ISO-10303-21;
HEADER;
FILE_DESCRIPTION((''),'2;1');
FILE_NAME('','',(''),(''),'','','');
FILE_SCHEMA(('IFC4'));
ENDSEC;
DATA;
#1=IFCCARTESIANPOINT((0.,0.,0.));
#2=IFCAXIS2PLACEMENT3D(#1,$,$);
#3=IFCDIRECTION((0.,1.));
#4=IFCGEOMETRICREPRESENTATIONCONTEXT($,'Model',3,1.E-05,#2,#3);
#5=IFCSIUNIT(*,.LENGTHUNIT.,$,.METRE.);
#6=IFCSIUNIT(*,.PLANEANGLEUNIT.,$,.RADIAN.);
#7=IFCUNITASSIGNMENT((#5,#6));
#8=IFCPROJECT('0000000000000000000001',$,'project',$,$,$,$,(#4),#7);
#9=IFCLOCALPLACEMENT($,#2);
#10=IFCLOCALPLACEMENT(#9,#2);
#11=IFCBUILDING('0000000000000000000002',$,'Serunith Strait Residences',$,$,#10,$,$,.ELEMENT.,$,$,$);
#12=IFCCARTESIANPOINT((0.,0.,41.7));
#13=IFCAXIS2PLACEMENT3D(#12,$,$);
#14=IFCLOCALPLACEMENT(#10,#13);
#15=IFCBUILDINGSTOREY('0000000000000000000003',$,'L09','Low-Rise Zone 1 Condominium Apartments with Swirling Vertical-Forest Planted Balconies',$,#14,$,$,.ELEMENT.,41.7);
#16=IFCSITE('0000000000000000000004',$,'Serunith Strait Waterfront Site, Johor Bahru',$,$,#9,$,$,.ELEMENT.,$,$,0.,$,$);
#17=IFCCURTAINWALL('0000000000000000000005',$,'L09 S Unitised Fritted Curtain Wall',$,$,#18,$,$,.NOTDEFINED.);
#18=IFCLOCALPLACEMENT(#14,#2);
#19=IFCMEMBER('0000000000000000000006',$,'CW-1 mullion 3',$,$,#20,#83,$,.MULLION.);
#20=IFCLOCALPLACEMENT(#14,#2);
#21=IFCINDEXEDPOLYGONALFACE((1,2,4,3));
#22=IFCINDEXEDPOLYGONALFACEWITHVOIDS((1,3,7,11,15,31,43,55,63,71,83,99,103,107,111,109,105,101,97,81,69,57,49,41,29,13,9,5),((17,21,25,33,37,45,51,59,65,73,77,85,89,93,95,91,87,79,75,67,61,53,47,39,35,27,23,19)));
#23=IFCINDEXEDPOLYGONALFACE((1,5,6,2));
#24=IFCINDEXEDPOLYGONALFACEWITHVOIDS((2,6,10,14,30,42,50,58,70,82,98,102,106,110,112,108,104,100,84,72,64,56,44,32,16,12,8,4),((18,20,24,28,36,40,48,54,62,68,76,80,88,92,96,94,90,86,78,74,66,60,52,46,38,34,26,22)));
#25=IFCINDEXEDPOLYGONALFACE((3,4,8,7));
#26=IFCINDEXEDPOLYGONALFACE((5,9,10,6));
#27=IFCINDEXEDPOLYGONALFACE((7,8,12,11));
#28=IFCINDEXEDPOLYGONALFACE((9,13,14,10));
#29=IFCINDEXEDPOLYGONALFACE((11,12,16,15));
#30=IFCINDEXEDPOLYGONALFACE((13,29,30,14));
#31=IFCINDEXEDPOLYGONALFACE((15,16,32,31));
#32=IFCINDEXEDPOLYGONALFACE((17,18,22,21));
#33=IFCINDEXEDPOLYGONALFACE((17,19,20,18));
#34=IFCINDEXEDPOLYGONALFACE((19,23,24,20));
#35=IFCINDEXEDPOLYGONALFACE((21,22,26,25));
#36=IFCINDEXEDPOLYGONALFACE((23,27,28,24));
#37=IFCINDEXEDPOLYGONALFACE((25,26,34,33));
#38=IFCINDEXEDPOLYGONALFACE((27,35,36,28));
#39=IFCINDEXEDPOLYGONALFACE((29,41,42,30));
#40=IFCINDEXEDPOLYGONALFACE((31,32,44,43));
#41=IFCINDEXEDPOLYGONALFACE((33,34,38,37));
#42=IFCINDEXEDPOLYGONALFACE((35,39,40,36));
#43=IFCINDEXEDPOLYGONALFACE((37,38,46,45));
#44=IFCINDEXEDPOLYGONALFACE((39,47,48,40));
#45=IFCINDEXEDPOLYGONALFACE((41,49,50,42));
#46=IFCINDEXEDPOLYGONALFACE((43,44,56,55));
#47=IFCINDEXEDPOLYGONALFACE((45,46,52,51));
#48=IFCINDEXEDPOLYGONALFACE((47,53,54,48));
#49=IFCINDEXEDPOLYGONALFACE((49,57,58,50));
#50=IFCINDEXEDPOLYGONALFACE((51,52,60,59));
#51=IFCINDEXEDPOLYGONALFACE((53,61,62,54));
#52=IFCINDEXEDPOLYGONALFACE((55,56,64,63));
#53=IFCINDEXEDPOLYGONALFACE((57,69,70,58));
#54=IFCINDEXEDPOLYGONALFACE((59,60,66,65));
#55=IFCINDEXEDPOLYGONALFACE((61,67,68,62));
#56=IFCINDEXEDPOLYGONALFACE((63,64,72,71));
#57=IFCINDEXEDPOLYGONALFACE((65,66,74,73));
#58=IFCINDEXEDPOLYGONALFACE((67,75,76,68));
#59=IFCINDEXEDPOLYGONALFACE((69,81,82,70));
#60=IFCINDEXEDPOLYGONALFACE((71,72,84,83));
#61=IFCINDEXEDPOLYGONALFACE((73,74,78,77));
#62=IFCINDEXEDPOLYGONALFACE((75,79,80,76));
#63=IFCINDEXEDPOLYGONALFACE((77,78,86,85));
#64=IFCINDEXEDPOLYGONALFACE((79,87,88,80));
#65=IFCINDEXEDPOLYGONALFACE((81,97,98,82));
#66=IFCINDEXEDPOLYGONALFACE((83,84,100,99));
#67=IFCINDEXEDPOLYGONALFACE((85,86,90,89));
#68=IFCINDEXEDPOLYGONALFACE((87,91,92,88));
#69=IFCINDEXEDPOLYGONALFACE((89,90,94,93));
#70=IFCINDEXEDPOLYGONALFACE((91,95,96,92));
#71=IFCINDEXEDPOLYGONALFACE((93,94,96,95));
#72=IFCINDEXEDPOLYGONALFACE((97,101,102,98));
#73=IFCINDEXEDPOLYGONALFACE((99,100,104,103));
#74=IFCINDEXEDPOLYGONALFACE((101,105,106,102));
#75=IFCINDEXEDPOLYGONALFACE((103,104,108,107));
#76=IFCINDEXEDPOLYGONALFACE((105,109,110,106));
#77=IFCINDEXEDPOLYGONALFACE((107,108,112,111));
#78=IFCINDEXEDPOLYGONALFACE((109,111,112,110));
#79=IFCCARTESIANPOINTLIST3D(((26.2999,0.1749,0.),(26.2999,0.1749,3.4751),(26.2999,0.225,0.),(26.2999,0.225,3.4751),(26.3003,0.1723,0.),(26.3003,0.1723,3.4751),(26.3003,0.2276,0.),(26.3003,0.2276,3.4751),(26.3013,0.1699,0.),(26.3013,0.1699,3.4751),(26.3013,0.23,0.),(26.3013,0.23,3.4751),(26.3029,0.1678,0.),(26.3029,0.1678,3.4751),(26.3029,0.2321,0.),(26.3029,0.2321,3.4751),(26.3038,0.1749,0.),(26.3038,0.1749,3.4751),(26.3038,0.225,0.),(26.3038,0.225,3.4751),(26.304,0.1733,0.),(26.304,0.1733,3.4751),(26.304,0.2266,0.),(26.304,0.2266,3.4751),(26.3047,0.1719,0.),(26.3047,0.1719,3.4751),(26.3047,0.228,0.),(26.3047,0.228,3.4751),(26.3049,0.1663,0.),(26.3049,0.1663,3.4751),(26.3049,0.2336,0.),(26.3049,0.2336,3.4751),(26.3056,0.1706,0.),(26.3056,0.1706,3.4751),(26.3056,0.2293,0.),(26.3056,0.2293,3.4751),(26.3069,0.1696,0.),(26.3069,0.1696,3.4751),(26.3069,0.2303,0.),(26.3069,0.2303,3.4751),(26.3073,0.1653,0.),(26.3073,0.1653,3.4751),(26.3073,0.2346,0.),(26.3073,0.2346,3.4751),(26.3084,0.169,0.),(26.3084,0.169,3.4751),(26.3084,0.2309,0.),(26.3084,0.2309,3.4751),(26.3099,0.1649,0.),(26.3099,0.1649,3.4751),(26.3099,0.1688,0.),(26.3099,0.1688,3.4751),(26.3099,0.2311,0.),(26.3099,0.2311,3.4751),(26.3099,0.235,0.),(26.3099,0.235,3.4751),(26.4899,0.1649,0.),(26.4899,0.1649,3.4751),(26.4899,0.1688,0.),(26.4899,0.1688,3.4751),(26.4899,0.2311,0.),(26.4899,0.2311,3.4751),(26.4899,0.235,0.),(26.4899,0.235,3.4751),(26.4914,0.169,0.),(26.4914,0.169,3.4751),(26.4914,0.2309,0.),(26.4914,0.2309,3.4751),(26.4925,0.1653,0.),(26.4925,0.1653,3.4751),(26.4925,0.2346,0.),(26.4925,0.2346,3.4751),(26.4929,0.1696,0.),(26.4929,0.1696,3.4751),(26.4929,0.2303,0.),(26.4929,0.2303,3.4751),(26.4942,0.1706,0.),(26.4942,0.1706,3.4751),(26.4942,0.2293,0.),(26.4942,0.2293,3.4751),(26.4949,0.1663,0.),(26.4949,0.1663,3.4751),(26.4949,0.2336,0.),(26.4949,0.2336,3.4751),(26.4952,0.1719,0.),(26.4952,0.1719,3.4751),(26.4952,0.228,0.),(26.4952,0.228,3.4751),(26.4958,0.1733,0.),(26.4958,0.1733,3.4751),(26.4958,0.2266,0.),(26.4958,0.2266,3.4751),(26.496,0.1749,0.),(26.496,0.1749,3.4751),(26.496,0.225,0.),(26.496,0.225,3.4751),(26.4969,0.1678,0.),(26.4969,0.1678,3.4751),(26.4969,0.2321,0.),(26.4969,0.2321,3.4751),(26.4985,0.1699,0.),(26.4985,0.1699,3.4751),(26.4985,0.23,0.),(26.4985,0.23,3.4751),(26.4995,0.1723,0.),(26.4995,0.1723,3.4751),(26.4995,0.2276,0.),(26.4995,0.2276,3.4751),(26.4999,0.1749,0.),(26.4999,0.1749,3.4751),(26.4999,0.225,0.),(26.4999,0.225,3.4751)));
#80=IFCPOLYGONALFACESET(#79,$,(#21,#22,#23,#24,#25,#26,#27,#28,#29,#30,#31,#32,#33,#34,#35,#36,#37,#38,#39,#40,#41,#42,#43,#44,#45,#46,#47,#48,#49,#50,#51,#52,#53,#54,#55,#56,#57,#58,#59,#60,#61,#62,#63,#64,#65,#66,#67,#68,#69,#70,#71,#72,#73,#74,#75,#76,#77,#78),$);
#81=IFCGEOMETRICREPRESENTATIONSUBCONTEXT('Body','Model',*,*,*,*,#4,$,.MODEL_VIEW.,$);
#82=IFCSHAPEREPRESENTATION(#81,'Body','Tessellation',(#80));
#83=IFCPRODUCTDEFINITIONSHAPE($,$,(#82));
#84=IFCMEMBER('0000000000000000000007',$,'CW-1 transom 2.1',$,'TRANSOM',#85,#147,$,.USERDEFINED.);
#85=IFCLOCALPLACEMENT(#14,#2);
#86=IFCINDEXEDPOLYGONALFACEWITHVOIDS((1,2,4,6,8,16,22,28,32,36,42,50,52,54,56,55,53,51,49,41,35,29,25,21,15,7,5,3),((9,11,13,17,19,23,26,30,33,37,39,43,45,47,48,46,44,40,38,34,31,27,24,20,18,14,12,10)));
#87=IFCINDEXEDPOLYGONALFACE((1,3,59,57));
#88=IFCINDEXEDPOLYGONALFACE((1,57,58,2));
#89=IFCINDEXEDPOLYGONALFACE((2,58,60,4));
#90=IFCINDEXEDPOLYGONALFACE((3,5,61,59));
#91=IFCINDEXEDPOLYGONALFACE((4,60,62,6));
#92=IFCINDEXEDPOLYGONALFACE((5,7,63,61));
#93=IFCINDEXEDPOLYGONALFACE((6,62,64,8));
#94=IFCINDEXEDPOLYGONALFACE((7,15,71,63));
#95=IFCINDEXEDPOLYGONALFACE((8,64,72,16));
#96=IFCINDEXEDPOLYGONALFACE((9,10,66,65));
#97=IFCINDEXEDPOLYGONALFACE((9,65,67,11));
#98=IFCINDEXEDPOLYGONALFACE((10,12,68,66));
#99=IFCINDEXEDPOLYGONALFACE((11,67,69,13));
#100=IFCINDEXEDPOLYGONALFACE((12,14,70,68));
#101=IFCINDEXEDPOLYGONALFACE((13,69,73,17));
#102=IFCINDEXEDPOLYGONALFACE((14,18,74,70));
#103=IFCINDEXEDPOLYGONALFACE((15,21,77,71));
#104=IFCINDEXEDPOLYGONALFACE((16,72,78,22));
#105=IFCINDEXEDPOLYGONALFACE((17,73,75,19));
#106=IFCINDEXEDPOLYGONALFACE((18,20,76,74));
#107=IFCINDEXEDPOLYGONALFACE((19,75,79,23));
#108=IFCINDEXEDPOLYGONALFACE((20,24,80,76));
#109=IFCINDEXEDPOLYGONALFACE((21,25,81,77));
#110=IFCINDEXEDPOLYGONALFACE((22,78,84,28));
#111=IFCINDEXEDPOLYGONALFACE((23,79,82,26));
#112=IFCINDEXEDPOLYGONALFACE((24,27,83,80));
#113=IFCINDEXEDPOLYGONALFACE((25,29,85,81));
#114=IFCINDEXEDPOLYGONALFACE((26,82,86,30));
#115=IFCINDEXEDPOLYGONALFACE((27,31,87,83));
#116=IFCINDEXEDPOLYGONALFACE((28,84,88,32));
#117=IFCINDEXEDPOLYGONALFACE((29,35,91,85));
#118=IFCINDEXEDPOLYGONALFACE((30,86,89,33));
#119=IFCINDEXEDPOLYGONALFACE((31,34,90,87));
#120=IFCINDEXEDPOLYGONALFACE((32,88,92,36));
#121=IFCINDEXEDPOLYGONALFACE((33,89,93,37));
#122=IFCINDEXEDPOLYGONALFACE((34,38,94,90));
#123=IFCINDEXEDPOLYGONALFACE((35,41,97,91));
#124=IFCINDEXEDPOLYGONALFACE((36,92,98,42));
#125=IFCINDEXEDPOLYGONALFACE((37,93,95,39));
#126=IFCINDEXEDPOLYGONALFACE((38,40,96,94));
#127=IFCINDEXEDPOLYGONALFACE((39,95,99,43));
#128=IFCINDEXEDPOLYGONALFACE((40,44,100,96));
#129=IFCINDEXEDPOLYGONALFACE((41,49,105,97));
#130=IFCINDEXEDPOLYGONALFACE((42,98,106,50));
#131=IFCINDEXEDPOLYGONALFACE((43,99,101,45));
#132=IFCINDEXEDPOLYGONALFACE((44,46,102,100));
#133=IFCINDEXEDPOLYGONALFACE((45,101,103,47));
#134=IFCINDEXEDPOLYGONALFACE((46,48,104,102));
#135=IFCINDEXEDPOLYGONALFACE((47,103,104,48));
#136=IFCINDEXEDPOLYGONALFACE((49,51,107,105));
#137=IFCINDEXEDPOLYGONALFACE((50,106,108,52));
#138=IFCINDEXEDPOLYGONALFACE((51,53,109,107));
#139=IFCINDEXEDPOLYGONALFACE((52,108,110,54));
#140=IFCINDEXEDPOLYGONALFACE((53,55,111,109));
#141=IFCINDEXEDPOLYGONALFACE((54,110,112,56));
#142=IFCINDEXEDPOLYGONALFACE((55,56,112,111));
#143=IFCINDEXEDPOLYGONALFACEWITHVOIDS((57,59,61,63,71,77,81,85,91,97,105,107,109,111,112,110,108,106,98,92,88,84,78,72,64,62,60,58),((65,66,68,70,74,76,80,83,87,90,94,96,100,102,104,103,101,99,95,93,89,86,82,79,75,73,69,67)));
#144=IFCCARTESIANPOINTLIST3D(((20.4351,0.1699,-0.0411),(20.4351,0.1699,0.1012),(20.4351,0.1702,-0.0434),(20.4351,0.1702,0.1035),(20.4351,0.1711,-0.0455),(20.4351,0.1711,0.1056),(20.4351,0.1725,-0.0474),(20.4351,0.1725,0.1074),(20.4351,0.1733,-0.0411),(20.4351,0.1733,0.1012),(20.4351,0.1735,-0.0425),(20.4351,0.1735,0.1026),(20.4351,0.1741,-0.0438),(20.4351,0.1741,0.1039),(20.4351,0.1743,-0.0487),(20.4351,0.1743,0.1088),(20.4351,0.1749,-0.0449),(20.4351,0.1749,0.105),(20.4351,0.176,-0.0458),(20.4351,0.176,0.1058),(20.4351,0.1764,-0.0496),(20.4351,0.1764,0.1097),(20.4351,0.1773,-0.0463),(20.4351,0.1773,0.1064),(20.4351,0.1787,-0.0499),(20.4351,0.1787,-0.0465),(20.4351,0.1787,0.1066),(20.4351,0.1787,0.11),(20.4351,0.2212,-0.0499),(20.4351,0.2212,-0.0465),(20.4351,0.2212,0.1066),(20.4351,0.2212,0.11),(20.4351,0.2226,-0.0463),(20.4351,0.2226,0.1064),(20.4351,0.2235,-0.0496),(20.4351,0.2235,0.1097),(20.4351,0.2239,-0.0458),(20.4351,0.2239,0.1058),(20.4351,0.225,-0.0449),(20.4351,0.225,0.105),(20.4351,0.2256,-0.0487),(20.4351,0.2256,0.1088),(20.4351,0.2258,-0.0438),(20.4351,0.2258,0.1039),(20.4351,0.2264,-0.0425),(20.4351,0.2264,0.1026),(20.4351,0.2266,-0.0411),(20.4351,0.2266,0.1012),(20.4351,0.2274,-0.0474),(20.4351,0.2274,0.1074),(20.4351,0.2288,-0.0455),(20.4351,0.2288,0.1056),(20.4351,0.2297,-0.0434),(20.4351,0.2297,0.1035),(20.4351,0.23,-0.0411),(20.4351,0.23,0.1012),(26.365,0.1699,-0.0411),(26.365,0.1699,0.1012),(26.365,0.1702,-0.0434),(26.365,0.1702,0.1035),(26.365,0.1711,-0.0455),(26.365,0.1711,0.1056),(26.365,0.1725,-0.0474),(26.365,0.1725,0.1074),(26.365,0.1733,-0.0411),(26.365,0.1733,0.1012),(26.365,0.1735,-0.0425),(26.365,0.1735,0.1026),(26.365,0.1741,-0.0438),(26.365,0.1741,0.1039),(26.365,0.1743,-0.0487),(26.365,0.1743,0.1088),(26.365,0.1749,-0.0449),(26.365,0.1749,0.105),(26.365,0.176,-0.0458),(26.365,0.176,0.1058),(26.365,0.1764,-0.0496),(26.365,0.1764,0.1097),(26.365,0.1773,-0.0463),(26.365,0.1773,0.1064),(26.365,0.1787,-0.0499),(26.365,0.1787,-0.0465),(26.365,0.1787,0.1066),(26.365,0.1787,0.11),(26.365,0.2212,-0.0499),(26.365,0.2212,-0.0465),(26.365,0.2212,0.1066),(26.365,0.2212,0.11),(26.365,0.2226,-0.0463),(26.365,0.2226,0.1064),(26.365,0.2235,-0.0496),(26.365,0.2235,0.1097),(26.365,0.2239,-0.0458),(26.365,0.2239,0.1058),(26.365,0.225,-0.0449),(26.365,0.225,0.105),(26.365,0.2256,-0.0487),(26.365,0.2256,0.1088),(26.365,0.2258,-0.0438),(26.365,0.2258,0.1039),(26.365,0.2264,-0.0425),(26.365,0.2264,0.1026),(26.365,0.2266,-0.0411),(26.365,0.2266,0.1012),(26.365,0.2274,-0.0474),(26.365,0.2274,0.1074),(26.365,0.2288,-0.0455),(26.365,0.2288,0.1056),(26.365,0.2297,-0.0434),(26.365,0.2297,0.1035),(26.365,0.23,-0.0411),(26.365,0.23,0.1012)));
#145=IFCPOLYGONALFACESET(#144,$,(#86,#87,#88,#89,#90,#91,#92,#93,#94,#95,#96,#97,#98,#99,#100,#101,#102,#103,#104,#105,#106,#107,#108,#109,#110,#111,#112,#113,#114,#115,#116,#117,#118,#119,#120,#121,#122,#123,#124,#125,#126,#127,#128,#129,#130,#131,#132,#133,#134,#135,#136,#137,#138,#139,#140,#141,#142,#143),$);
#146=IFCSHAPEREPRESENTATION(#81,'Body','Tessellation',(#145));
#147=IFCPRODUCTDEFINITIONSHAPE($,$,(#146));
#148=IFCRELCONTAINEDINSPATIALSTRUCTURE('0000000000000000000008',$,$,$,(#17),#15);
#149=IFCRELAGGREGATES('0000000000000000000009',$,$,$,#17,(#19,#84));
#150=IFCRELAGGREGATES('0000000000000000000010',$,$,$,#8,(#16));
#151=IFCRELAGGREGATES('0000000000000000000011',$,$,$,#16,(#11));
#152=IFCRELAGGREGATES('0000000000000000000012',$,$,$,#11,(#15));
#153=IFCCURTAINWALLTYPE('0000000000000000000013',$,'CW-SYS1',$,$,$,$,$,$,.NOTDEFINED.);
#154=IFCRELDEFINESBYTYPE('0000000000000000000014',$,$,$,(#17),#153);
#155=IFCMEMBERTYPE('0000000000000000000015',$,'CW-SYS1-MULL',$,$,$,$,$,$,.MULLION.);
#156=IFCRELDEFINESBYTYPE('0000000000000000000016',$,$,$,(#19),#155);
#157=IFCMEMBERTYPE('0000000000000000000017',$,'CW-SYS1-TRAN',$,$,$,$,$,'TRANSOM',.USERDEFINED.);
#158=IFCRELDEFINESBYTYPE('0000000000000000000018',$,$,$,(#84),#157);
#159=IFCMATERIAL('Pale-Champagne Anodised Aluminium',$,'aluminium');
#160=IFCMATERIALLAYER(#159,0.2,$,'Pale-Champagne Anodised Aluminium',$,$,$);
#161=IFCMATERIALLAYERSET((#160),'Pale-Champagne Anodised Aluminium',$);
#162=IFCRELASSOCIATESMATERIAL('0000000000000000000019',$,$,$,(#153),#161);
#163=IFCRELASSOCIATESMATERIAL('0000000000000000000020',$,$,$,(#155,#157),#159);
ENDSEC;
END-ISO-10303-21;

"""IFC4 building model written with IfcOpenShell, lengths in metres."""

from ifc_helpers import new_model, si_unit, direction, frame, origin, origin_2d, place, context, subcontext, project, spatial, hollow_rectangle, extrude, source, transform, mapped, material, layer, layer_set, material_profile, profile_set, type_object, element, aggregate, save


model = new_model("IFC4")

# Units and contexts
model_context = context("Model", 3, precision=1e-05, world=origin(), true_north=direction((0.0, 1.0)))
body_context = subcontext(model_context, "Body", "Model", "MODEL_VIEW")
ifc_project = project(units=[si_unit("LENGTHUNIT", "METRE"), si_unit("PLANEANGLEUNIT", "RADIAN")], contexts=[model_context])

# Site, building, storey
site_placement = place(None, origin())
site = spatial("IfcSite", under=ifc_project, at=site_placement, Name="Serunith Strait Waterfront Site, Johor Bahru", CompositionType="ELEMENT", RefElevation=0.0)
building_placement = place(site_placement, origin())
building = spatial("IfcBuilding", under=site, at=building_placement, Name="Serunith Strait Residences", CompositionType="ELEMENT")
storey_placement = place(building_placement, frame((0.0, 0.0, 41.7)))
storey = spatial("IfcBuildingStorey", under=building, at=storey_placement, Name="L09", Description="Low-Rise Zone 1 Condominium Apartments with Swirling Vertical-Forest Planted Balconies", CompositionType="ELEMENT", Elevation=41.7)

# Curtain wall, members
ifc_material_1 = material(Name="Pale-Champagne Anodised Aluminium", Category="aluminium")
ifc_layer_1 = layer(ifc_material_1, 0.2, Name="Pale-Champagne Anodised Aluminium")
ifc_layer_set_1 = layer_set([ifc_layer_1], Name="Pale-Champagne Anodised Aluminium")
curtain_wall_type = type_object("IfcCurtainWallType", Name="CW-SYS1", PredefinedType="NOTDEFINED", material=ifc_layer_set_1)
curtain_wall_placement = place(storey_placement, origin())
curtain_wall = element("IfcCurtainWall", 1, at=curtain_wall_placement, inside=storey, type_object=curtain_wall_type, Name="L09 S Unitised Fritted Curtain Wall", PredefinedType="NOTDEFINED")
ifc_material_profile_1 = material_profile(ifc_material_1, hollow_rectangle(XDim=0.0701, YDim=0.2, WallThickness=0.0039, InnerFilletRadius=0.0061, OuterFilletRadius=0.01, at=origin_2d()), Name="ALU 200x70x4")
ifc_profile_set_1 = profile_set([ifc_material_profile_1], Name="Pale-Champagne Anodised Aluminium")
member_type_1 = type_object("IfcMemberType", Name="CW-SYS1-MULL", PredefinedType="MULLION", material=ifc_profile_set_1)
shared_shape_1 = source(origin(), body_context, "Body", "SweptSolid", [
    extrude(hollow_rectangle(XDim=0.0701, YDim=0.2, WallThickness=0.0039, InnerFilletRadius=0.0061, OuterFilletRadius=0.01, at=origin_2d()), origin(), (0.0, 0.0, 1.0), 3.4751),
])
member_1_placement = place(storey_placement, frame((26.3999, 0.2, 0.0), z_axis=(0.0, 0.0, 1.0), x_axis=(0.0, 1.0, 0.0)))
member_1 = element("IfcMember", 2, at=member_1_placement, type_object=member_type_1, Name="CW-1 mullion 3", PredefinedType="MULLION", context=body_context, shape_type="MappedRepresentation", body=[
    mapped(shared_shape_1, transform((0.0, 0.0, 0.0), scale=1.0)),
])
ifc_material_profile_2 = material_profile(ifc_material_1, hollow_rectangle(XDim=0.0601, YDim=0.1599, WallThickness=0.0034, InnerFilletRadius=0.0054, OuterFilletRadius=0.0088, at=origin_2d()), Name="ALU 160x60x3.5")
ifc_profile_set_2 = profile_set([ifc_material_profile_2], Name="Pale-Champagne Anodised Aluminium")
member_type_2 = type_object("IfcMemberType", Name="CW-SYS1-TRAN", ElementType="TRANSOM", PredefinedType="USERDEFINED", material=ifc_profile_set_2)
shared_shape_2 = source(origin(), body_context, "Body", "SweptSolid", [
    extrude(hollow_rectangle(XDim=0.0601, YDim=0.1599, WallThickness=0.0034, InnerFilletRadius=0.0054, OuterFilletRadius=0.0088, at=origin_2d()), origin(), (0.0, 0.0, 1.0), 5.9299),
])
member_2_placement = place(storey_placement, frame((20.4351, 0.2, 0.03), z_axis=(1.0, 0.0, 0.0), x_axis=(0.0, 1.0, 0.0)))
member_2 = element("IfcMember", 3, at=member_2_placement, type_object=member_type_2, Name="CW-1 transom 2.1", ObjectType="TRANSOM", PredefinedType="USERDEFINED", context=body_context, shape_type="MappedRepresentation", body=[
    mapped(shared_shape_2, transform((0.0, 0.0, 0.0), scale=1.0)),
])
aggregate(curtain_wall, [member_1, member_2])

save(model, "model.ifc")
